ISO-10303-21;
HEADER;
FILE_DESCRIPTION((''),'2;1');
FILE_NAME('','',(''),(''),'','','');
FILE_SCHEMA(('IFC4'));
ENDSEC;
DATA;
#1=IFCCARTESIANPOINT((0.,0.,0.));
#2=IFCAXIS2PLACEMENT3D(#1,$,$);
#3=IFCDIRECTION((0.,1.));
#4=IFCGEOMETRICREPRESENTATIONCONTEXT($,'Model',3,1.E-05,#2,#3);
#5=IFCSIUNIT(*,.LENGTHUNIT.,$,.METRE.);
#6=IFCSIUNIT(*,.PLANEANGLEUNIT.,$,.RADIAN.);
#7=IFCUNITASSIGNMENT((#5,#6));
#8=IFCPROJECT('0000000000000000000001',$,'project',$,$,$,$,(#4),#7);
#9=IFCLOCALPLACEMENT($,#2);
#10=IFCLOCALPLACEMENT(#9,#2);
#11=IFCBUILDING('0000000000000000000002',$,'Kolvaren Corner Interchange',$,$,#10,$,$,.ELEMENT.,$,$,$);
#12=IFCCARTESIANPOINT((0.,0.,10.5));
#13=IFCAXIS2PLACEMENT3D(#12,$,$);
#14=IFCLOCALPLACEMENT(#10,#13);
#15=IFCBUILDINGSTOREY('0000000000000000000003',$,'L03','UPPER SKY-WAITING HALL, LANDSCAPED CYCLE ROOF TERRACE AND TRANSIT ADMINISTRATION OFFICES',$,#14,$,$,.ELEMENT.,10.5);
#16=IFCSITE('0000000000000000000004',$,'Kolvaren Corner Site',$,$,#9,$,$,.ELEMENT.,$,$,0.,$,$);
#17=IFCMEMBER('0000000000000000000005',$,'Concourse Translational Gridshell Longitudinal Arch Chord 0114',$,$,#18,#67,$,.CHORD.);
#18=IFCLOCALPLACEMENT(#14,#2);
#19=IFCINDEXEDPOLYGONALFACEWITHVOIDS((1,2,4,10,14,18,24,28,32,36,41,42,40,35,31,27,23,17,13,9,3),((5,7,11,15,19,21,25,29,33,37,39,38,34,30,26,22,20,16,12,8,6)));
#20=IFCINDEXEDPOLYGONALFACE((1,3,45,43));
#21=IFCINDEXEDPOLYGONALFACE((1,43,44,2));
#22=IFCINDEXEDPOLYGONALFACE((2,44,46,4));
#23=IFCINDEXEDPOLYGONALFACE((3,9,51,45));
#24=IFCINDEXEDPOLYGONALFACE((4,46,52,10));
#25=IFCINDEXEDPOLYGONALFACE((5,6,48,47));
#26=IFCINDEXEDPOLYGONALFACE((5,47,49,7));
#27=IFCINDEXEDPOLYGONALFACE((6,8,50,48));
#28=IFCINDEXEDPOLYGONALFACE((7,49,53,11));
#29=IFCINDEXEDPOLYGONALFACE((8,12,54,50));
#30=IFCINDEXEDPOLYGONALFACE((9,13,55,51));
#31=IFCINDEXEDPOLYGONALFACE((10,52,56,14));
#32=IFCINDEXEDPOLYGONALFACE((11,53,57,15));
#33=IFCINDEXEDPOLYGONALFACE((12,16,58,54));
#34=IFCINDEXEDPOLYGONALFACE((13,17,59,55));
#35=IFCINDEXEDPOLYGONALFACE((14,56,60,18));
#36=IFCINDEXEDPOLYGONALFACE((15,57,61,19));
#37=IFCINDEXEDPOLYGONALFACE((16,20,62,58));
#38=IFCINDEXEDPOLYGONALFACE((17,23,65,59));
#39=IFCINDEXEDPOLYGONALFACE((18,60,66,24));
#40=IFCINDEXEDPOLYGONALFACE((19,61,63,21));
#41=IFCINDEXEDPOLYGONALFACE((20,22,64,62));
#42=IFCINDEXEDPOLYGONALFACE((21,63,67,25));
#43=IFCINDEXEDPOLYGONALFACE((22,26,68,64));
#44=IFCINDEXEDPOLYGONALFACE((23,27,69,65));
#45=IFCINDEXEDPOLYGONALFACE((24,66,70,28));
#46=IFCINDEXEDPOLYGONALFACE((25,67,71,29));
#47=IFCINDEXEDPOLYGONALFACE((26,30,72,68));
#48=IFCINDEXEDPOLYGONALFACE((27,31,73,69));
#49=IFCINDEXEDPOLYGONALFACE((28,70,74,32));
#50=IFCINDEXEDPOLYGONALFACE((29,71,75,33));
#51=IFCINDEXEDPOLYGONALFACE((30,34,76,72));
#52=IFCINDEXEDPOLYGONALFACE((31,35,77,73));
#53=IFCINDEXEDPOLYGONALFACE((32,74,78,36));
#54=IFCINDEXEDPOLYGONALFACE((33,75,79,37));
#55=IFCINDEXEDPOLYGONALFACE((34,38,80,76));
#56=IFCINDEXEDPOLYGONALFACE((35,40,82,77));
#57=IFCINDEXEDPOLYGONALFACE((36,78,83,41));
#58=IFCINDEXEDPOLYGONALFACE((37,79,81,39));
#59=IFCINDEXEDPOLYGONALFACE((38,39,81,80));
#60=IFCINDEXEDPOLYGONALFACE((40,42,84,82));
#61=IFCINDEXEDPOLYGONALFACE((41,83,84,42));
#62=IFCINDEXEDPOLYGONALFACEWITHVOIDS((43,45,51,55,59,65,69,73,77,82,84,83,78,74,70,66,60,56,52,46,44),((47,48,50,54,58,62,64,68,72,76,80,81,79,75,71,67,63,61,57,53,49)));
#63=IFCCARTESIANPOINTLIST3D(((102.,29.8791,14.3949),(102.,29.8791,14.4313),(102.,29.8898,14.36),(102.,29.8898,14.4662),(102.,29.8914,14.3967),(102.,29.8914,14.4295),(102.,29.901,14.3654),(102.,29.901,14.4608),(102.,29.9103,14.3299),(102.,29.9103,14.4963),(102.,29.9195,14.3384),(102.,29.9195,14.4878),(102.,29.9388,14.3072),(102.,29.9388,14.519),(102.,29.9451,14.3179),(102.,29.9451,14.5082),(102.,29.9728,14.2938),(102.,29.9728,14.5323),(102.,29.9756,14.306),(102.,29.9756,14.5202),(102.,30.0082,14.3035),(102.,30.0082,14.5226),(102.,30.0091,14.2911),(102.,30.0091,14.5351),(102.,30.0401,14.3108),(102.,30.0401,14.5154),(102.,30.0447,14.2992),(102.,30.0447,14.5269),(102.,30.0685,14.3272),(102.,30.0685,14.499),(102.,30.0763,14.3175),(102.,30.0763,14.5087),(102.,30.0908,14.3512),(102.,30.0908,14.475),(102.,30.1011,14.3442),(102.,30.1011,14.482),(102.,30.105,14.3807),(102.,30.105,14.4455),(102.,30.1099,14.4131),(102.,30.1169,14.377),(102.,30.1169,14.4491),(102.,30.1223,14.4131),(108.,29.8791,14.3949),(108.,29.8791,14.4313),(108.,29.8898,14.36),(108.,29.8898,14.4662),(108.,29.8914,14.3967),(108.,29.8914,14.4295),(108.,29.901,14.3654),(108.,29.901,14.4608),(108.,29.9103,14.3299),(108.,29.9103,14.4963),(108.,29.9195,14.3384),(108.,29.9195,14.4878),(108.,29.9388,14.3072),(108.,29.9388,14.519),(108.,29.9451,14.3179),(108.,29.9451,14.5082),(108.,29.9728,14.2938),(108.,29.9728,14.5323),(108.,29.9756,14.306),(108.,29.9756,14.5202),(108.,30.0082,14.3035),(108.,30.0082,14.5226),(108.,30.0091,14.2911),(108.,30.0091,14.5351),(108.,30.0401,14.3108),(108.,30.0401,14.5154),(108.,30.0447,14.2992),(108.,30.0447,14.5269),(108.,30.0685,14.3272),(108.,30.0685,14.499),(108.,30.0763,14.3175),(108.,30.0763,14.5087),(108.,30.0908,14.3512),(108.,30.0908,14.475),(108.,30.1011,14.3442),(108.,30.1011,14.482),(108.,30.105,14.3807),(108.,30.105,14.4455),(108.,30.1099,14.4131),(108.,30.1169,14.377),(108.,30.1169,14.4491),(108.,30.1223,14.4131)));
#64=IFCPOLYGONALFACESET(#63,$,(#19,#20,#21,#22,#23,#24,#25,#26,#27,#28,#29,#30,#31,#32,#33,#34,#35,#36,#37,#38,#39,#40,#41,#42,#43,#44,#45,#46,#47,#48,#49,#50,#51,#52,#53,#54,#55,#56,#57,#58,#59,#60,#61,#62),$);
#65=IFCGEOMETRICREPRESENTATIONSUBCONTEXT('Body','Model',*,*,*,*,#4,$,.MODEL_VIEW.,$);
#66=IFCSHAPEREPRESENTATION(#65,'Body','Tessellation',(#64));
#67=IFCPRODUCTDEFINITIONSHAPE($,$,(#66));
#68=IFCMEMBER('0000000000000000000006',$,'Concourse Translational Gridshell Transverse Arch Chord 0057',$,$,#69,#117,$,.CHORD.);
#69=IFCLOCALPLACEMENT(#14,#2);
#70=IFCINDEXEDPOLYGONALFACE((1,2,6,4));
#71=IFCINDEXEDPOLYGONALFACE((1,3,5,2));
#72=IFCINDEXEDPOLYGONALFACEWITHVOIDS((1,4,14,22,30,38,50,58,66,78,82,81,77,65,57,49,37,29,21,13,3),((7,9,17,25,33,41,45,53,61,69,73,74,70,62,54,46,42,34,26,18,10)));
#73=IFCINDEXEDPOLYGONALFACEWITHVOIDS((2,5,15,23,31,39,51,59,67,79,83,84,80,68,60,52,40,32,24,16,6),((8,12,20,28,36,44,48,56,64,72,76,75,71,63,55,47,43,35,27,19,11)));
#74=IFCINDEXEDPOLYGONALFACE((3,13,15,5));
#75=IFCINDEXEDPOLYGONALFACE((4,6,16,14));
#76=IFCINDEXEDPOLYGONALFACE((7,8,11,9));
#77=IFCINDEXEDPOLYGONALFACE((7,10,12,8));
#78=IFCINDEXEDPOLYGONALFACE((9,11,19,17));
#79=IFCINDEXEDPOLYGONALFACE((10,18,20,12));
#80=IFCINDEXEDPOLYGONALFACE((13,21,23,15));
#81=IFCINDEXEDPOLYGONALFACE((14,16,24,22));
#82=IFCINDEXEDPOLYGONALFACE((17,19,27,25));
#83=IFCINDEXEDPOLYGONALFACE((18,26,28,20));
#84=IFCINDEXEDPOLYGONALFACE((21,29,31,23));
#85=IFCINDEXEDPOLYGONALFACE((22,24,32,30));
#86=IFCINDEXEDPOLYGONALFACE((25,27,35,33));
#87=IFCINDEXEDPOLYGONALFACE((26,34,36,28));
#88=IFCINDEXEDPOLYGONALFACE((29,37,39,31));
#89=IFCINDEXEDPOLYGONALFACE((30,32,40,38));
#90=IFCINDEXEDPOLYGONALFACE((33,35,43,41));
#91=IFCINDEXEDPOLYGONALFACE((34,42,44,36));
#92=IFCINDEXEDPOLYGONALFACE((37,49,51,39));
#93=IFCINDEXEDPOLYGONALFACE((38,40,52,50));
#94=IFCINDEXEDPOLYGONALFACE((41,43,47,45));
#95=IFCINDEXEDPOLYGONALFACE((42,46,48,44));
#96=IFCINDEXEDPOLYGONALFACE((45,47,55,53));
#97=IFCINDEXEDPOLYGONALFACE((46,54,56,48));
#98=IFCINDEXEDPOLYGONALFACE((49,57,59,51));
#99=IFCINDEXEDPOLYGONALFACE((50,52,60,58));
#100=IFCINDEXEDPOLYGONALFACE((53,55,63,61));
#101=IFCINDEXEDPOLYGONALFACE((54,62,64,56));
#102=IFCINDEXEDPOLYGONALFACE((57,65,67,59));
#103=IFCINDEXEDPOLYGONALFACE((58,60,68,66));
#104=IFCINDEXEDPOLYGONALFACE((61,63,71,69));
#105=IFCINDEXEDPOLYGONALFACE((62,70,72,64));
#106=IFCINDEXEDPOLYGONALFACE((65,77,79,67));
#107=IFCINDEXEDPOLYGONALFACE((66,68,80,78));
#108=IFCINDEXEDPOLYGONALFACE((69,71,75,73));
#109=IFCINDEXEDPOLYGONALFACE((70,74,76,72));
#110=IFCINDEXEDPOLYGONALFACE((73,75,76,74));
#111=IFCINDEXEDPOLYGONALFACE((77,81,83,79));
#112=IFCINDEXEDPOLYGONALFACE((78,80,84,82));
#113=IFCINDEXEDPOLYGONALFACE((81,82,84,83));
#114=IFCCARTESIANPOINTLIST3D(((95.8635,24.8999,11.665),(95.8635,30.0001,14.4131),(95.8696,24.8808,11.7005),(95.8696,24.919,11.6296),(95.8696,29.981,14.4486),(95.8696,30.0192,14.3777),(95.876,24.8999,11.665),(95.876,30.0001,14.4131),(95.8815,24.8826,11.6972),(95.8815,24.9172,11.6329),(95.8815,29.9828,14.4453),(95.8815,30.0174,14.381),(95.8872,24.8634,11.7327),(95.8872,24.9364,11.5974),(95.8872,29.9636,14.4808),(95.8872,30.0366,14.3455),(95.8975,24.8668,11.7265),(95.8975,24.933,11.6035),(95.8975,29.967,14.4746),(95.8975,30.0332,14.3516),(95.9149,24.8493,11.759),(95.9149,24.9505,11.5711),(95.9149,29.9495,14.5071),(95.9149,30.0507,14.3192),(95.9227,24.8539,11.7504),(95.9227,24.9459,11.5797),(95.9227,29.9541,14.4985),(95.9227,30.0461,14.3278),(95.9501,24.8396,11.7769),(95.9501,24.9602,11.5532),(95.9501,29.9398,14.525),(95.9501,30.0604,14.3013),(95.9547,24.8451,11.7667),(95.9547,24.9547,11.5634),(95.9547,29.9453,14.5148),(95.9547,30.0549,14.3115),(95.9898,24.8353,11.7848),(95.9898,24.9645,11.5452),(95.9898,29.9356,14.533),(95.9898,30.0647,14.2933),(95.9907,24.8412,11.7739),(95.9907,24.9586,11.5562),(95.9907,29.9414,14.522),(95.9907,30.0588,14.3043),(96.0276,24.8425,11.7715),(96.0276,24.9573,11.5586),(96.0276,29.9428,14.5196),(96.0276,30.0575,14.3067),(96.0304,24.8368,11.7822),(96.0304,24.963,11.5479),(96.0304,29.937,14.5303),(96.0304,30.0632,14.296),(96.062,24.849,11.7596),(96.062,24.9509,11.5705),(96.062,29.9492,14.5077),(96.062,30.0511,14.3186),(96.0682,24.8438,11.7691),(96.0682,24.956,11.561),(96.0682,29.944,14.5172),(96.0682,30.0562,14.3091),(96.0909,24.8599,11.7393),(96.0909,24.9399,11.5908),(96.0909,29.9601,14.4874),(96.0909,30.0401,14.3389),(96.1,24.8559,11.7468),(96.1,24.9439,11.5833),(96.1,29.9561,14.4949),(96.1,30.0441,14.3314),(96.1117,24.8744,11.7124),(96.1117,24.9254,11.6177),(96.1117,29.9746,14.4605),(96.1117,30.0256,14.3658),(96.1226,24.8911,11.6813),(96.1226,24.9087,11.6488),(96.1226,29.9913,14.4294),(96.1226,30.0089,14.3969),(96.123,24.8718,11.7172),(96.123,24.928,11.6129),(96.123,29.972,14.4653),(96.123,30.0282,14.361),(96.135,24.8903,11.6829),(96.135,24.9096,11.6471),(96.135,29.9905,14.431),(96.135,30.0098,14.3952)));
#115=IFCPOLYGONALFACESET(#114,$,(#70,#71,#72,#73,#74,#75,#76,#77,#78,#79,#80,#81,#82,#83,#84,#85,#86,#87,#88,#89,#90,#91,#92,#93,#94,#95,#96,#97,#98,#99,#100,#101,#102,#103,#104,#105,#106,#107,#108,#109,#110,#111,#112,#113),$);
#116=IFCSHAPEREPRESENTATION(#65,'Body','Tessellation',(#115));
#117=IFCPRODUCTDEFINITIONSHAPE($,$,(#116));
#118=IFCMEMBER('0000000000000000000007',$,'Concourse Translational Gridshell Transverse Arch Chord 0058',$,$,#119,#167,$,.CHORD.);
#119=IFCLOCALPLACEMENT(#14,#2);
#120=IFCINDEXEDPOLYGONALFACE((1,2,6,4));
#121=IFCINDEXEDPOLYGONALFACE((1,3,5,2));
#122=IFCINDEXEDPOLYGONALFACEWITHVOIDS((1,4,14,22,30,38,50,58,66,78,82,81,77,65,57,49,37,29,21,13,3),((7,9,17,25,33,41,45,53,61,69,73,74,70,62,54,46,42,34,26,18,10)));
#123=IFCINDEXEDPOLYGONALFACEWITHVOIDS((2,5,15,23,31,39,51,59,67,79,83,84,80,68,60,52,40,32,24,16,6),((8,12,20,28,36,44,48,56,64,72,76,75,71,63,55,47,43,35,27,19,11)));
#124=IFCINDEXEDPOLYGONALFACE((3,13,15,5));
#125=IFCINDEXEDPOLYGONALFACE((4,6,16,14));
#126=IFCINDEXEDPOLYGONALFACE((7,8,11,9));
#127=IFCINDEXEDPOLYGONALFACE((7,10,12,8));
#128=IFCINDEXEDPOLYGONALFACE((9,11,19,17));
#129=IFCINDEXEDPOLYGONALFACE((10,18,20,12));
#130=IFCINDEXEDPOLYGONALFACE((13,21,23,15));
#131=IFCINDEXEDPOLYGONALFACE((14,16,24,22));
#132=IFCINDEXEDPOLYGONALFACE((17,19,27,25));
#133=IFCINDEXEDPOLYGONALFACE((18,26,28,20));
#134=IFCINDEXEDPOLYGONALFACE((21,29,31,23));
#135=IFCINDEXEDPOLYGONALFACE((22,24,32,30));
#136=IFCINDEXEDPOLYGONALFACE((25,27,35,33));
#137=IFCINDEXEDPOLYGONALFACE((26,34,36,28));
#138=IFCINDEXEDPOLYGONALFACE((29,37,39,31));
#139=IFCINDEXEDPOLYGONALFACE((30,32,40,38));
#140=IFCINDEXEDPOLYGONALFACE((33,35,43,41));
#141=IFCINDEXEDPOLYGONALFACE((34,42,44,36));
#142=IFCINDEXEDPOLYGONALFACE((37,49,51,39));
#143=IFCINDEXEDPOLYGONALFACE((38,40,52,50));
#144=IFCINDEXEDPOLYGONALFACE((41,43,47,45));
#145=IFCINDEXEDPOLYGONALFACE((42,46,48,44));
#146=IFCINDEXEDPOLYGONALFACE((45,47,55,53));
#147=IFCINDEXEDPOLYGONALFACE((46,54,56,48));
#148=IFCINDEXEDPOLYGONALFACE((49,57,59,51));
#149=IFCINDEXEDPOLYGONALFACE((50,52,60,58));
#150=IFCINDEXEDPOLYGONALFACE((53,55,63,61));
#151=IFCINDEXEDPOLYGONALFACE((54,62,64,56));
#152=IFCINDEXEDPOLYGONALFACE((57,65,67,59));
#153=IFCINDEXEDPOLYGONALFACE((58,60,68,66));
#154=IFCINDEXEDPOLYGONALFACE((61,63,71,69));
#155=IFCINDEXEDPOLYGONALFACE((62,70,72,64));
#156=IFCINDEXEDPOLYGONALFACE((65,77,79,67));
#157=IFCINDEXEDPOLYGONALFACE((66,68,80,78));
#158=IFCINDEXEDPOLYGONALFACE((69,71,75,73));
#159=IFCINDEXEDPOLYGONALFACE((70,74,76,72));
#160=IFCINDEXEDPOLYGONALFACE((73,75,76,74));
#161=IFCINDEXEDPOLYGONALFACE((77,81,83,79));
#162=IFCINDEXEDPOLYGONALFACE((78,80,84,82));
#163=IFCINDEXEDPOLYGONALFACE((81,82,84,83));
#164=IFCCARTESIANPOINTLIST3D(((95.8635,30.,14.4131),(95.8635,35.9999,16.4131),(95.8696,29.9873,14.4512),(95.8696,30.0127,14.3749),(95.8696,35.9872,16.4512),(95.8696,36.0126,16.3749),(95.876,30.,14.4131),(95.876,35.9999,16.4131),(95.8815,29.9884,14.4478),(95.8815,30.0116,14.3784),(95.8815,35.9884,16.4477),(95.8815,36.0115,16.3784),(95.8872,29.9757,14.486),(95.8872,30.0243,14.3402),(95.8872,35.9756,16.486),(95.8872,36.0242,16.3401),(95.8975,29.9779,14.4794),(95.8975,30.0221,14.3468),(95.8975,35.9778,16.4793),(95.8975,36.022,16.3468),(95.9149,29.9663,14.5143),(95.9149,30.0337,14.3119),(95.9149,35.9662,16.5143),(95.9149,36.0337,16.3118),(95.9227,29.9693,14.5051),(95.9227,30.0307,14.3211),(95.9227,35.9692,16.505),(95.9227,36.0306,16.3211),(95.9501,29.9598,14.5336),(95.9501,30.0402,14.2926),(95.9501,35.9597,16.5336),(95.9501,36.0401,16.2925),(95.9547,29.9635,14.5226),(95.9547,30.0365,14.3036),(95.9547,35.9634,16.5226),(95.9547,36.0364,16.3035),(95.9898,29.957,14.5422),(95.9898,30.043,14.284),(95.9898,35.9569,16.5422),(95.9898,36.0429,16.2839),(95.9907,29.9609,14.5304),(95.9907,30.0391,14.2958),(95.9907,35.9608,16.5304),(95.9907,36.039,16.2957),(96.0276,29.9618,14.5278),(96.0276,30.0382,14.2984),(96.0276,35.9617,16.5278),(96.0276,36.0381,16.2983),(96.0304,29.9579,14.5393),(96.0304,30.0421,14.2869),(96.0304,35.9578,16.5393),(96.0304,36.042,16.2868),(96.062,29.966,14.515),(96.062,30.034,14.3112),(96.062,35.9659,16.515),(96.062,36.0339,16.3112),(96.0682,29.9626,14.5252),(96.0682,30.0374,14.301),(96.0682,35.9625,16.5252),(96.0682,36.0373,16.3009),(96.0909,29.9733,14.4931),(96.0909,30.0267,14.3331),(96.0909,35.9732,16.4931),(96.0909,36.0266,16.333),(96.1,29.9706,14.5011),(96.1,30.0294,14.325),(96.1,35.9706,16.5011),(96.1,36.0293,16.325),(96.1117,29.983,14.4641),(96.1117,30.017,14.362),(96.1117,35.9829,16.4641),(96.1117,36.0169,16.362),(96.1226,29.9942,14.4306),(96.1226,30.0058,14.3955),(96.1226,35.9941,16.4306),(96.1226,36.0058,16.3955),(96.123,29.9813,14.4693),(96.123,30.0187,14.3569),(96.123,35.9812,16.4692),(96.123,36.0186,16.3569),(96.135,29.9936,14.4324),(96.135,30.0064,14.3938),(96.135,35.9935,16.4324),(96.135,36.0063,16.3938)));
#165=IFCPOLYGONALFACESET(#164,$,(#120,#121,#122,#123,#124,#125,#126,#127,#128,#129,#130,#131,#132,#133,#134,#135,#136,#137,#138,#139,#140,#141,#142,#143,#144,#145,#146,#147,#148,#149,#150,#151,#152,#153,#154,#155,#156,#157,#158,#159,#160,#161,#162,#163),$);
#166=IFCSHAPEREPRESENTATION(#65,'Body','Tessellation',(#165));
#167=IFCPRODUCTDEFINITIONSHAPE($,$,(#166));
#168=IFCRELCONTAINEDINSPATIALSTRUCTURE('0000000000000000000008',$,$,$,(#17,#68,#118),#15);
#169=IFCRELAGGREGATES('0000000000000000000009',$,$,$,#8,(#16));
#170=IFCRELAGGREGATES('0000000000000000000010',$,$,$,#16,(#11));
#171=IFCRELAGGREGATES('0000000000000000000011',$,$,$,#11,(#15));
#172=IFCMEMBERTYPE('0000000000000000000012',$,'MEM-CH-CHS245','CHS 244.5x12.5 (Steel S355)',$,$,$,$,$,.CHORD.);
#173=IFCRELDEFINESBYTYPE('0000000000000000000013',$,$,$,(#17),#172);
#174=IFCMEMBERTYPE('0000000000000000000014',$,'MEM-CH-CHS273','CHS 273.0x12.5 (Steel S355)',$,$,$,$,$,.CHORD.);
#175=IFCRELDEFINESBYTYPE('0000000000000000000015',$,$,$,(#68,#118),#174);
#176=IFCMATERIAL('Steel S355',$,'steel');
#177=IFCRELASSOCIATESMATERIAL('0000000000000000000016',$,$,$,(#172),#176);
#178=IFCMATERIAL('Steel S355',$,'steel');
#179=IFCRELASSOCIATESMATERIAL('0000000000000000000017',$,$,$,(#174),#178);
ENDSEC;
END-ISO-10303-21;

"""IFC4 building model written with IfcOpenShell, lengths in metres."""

from ifc_helpers import new_model, si_unit, direction, frame, origin, origin_2d, place, context, subcontext, project, spatial, hollow_circle, extrude, material, material_profile, profile_set, type_object, element, save


model = new_model("IFC4")

# Units and contexts
model_context = context("Model", 3, precision=1e-05, world=origin(), true_north=direction((0.0, 1.0)))
body_context = subcontext(model_context, "Body", "Model", "MODEL_VIEW")
ifc_project = project(units=[si_unit("LENGTHUNIT", "METRE"), si_unit("PLANEANGLEUNIT", "RADIAN")], contexts=[model_context])

# Site, building, storey
site_placement = place(None, origin())
site = spatial("IfcSite", under=ifc_project, at=site_placement, Name="Kolvaren Corner Site", CompositionType="ELEMENT", RefElevation=0.0)
building_placement = place(site_placement, origin())
building = spatial("IfcBuilding", under=site, at=building_placement, Name="Kolvaren Corner Interchange", CompositionType="ELEMENT")
storey_placement = place(building_placement, frame((0.0, 0.0, 10.5)))
storey = spatial("IfcBuildingStorey", under=building, at=storey_placement, Name="L03", Description="UPPER SKY-WAITING HALL, LANDSCAPED CYCLE ROOF TERRACE AND TRANSIT ADMINISTRATION OFFICES", CompositionType="ELEMENT", Elevation=10.5)

# Members
ifc_material_1 = material(Name="Steel S355", Category="steel")
ifc_material_profile_1 = material_profile(ifc_material_1, hollow_circle(Radius=0.1223, WallThickness=0.0125, at=origin_2d()), Name="CHS 244.5x12.5")
ifc_profile_set_1 = profile_set([ifc_material_profile_1], Name="Steel S355")
member_type_1 = type_object("IfcMemberType", Name="MEM-CH-CHS245", Description="CHS 244.5x12.5 (Steel S355)", PredefinedType="CHORD", material=ifc_profile_set_1)
for number, where, z_axis, x_axis, name in (
    (1, (102.0, 30.0, 14.4131), (1.0, 0.0, 0.0), (0.0, 1.0, 0.0), "Concourse Translational Gridshell Longitudinal Arch Chord 0114"),
):
    element("IfcMember", number, at=place(storey_placement, frame(where, z_axis=z_axis, x_axis=x_axis)), inside=storey, type_object=member_type_1, Name=name, PredefinedType="CHORD", context=body_context, shape_type="SweptSolid", body=[
        extrude(hollow_circle(Radius=0.1223, WallThickness=0.0125, at=origin_2d()), origin(), (0.0, 0.0, 1.0), 6.0),
    ])
ifc_material_2 = material(Name="Steel S355", Category="steel")
ifc_material_profile_2 = material_profile(ifc_material_2, hollow_circle(Radius=0.1365, WallThickness=0.0125, at=origin_2d()), Name="CHS 273.0x12.5")
ifc_profile_set_2 = profile_set([ifc_material_profile_2], Name="Steel S355")
member_type_2 = type_object("IfcMemberType", Name="MEM-CH-CHS273", Description="CHS 273.0x12.5 (Steel S355)", PredefinedType="CHORD", material=ifc_profile_set_2)
member_1_placement = place(storey_placement, frame((96.0, 24.8999, 11.665), z_axis=(0.0, 0.880338, 0.474346), x_axis=(-1.0, 0.0, 0.0)))
element("IfcMember", 2, at=member_1_placement, inside=storey, type_object=member_type_2, Name="Concourse Translational Gridshell Transverse Arch Chord 0057", PredefinedType="CHORD", context=body_context, shape_type="SweptSolid", body=[
    extrude(hollow_circle(Radius=0.1365, WallThickness=0.0125, at=origin_2d()), origin(), (0.0, 0.0, 1.0), 5.7935),
])
member_2_placement = place(storey_placement, frame((96.0, 30.0, 14.4131), z_axis=(0.0, 0.948683, 0.316228), x_axis=(-1.0, 0.0, 0.0)))
element("IfcMember", 3, at=member_2_placement, inside=storey, type_object=member_type_2, Name="Concourse Translational Gridshell Transverse Arch Chord 0058", PredefinedType="CHORD", context=body_context, shape_type="SweptSolid", body=[
    extrude(hollow_circle(Radius=0.1365, WallThickness=0.0125, at=origin_2d()), origin(), (0.0, 0.0, 1.0), 6.3245),
])

save(model, "model.ifc")
